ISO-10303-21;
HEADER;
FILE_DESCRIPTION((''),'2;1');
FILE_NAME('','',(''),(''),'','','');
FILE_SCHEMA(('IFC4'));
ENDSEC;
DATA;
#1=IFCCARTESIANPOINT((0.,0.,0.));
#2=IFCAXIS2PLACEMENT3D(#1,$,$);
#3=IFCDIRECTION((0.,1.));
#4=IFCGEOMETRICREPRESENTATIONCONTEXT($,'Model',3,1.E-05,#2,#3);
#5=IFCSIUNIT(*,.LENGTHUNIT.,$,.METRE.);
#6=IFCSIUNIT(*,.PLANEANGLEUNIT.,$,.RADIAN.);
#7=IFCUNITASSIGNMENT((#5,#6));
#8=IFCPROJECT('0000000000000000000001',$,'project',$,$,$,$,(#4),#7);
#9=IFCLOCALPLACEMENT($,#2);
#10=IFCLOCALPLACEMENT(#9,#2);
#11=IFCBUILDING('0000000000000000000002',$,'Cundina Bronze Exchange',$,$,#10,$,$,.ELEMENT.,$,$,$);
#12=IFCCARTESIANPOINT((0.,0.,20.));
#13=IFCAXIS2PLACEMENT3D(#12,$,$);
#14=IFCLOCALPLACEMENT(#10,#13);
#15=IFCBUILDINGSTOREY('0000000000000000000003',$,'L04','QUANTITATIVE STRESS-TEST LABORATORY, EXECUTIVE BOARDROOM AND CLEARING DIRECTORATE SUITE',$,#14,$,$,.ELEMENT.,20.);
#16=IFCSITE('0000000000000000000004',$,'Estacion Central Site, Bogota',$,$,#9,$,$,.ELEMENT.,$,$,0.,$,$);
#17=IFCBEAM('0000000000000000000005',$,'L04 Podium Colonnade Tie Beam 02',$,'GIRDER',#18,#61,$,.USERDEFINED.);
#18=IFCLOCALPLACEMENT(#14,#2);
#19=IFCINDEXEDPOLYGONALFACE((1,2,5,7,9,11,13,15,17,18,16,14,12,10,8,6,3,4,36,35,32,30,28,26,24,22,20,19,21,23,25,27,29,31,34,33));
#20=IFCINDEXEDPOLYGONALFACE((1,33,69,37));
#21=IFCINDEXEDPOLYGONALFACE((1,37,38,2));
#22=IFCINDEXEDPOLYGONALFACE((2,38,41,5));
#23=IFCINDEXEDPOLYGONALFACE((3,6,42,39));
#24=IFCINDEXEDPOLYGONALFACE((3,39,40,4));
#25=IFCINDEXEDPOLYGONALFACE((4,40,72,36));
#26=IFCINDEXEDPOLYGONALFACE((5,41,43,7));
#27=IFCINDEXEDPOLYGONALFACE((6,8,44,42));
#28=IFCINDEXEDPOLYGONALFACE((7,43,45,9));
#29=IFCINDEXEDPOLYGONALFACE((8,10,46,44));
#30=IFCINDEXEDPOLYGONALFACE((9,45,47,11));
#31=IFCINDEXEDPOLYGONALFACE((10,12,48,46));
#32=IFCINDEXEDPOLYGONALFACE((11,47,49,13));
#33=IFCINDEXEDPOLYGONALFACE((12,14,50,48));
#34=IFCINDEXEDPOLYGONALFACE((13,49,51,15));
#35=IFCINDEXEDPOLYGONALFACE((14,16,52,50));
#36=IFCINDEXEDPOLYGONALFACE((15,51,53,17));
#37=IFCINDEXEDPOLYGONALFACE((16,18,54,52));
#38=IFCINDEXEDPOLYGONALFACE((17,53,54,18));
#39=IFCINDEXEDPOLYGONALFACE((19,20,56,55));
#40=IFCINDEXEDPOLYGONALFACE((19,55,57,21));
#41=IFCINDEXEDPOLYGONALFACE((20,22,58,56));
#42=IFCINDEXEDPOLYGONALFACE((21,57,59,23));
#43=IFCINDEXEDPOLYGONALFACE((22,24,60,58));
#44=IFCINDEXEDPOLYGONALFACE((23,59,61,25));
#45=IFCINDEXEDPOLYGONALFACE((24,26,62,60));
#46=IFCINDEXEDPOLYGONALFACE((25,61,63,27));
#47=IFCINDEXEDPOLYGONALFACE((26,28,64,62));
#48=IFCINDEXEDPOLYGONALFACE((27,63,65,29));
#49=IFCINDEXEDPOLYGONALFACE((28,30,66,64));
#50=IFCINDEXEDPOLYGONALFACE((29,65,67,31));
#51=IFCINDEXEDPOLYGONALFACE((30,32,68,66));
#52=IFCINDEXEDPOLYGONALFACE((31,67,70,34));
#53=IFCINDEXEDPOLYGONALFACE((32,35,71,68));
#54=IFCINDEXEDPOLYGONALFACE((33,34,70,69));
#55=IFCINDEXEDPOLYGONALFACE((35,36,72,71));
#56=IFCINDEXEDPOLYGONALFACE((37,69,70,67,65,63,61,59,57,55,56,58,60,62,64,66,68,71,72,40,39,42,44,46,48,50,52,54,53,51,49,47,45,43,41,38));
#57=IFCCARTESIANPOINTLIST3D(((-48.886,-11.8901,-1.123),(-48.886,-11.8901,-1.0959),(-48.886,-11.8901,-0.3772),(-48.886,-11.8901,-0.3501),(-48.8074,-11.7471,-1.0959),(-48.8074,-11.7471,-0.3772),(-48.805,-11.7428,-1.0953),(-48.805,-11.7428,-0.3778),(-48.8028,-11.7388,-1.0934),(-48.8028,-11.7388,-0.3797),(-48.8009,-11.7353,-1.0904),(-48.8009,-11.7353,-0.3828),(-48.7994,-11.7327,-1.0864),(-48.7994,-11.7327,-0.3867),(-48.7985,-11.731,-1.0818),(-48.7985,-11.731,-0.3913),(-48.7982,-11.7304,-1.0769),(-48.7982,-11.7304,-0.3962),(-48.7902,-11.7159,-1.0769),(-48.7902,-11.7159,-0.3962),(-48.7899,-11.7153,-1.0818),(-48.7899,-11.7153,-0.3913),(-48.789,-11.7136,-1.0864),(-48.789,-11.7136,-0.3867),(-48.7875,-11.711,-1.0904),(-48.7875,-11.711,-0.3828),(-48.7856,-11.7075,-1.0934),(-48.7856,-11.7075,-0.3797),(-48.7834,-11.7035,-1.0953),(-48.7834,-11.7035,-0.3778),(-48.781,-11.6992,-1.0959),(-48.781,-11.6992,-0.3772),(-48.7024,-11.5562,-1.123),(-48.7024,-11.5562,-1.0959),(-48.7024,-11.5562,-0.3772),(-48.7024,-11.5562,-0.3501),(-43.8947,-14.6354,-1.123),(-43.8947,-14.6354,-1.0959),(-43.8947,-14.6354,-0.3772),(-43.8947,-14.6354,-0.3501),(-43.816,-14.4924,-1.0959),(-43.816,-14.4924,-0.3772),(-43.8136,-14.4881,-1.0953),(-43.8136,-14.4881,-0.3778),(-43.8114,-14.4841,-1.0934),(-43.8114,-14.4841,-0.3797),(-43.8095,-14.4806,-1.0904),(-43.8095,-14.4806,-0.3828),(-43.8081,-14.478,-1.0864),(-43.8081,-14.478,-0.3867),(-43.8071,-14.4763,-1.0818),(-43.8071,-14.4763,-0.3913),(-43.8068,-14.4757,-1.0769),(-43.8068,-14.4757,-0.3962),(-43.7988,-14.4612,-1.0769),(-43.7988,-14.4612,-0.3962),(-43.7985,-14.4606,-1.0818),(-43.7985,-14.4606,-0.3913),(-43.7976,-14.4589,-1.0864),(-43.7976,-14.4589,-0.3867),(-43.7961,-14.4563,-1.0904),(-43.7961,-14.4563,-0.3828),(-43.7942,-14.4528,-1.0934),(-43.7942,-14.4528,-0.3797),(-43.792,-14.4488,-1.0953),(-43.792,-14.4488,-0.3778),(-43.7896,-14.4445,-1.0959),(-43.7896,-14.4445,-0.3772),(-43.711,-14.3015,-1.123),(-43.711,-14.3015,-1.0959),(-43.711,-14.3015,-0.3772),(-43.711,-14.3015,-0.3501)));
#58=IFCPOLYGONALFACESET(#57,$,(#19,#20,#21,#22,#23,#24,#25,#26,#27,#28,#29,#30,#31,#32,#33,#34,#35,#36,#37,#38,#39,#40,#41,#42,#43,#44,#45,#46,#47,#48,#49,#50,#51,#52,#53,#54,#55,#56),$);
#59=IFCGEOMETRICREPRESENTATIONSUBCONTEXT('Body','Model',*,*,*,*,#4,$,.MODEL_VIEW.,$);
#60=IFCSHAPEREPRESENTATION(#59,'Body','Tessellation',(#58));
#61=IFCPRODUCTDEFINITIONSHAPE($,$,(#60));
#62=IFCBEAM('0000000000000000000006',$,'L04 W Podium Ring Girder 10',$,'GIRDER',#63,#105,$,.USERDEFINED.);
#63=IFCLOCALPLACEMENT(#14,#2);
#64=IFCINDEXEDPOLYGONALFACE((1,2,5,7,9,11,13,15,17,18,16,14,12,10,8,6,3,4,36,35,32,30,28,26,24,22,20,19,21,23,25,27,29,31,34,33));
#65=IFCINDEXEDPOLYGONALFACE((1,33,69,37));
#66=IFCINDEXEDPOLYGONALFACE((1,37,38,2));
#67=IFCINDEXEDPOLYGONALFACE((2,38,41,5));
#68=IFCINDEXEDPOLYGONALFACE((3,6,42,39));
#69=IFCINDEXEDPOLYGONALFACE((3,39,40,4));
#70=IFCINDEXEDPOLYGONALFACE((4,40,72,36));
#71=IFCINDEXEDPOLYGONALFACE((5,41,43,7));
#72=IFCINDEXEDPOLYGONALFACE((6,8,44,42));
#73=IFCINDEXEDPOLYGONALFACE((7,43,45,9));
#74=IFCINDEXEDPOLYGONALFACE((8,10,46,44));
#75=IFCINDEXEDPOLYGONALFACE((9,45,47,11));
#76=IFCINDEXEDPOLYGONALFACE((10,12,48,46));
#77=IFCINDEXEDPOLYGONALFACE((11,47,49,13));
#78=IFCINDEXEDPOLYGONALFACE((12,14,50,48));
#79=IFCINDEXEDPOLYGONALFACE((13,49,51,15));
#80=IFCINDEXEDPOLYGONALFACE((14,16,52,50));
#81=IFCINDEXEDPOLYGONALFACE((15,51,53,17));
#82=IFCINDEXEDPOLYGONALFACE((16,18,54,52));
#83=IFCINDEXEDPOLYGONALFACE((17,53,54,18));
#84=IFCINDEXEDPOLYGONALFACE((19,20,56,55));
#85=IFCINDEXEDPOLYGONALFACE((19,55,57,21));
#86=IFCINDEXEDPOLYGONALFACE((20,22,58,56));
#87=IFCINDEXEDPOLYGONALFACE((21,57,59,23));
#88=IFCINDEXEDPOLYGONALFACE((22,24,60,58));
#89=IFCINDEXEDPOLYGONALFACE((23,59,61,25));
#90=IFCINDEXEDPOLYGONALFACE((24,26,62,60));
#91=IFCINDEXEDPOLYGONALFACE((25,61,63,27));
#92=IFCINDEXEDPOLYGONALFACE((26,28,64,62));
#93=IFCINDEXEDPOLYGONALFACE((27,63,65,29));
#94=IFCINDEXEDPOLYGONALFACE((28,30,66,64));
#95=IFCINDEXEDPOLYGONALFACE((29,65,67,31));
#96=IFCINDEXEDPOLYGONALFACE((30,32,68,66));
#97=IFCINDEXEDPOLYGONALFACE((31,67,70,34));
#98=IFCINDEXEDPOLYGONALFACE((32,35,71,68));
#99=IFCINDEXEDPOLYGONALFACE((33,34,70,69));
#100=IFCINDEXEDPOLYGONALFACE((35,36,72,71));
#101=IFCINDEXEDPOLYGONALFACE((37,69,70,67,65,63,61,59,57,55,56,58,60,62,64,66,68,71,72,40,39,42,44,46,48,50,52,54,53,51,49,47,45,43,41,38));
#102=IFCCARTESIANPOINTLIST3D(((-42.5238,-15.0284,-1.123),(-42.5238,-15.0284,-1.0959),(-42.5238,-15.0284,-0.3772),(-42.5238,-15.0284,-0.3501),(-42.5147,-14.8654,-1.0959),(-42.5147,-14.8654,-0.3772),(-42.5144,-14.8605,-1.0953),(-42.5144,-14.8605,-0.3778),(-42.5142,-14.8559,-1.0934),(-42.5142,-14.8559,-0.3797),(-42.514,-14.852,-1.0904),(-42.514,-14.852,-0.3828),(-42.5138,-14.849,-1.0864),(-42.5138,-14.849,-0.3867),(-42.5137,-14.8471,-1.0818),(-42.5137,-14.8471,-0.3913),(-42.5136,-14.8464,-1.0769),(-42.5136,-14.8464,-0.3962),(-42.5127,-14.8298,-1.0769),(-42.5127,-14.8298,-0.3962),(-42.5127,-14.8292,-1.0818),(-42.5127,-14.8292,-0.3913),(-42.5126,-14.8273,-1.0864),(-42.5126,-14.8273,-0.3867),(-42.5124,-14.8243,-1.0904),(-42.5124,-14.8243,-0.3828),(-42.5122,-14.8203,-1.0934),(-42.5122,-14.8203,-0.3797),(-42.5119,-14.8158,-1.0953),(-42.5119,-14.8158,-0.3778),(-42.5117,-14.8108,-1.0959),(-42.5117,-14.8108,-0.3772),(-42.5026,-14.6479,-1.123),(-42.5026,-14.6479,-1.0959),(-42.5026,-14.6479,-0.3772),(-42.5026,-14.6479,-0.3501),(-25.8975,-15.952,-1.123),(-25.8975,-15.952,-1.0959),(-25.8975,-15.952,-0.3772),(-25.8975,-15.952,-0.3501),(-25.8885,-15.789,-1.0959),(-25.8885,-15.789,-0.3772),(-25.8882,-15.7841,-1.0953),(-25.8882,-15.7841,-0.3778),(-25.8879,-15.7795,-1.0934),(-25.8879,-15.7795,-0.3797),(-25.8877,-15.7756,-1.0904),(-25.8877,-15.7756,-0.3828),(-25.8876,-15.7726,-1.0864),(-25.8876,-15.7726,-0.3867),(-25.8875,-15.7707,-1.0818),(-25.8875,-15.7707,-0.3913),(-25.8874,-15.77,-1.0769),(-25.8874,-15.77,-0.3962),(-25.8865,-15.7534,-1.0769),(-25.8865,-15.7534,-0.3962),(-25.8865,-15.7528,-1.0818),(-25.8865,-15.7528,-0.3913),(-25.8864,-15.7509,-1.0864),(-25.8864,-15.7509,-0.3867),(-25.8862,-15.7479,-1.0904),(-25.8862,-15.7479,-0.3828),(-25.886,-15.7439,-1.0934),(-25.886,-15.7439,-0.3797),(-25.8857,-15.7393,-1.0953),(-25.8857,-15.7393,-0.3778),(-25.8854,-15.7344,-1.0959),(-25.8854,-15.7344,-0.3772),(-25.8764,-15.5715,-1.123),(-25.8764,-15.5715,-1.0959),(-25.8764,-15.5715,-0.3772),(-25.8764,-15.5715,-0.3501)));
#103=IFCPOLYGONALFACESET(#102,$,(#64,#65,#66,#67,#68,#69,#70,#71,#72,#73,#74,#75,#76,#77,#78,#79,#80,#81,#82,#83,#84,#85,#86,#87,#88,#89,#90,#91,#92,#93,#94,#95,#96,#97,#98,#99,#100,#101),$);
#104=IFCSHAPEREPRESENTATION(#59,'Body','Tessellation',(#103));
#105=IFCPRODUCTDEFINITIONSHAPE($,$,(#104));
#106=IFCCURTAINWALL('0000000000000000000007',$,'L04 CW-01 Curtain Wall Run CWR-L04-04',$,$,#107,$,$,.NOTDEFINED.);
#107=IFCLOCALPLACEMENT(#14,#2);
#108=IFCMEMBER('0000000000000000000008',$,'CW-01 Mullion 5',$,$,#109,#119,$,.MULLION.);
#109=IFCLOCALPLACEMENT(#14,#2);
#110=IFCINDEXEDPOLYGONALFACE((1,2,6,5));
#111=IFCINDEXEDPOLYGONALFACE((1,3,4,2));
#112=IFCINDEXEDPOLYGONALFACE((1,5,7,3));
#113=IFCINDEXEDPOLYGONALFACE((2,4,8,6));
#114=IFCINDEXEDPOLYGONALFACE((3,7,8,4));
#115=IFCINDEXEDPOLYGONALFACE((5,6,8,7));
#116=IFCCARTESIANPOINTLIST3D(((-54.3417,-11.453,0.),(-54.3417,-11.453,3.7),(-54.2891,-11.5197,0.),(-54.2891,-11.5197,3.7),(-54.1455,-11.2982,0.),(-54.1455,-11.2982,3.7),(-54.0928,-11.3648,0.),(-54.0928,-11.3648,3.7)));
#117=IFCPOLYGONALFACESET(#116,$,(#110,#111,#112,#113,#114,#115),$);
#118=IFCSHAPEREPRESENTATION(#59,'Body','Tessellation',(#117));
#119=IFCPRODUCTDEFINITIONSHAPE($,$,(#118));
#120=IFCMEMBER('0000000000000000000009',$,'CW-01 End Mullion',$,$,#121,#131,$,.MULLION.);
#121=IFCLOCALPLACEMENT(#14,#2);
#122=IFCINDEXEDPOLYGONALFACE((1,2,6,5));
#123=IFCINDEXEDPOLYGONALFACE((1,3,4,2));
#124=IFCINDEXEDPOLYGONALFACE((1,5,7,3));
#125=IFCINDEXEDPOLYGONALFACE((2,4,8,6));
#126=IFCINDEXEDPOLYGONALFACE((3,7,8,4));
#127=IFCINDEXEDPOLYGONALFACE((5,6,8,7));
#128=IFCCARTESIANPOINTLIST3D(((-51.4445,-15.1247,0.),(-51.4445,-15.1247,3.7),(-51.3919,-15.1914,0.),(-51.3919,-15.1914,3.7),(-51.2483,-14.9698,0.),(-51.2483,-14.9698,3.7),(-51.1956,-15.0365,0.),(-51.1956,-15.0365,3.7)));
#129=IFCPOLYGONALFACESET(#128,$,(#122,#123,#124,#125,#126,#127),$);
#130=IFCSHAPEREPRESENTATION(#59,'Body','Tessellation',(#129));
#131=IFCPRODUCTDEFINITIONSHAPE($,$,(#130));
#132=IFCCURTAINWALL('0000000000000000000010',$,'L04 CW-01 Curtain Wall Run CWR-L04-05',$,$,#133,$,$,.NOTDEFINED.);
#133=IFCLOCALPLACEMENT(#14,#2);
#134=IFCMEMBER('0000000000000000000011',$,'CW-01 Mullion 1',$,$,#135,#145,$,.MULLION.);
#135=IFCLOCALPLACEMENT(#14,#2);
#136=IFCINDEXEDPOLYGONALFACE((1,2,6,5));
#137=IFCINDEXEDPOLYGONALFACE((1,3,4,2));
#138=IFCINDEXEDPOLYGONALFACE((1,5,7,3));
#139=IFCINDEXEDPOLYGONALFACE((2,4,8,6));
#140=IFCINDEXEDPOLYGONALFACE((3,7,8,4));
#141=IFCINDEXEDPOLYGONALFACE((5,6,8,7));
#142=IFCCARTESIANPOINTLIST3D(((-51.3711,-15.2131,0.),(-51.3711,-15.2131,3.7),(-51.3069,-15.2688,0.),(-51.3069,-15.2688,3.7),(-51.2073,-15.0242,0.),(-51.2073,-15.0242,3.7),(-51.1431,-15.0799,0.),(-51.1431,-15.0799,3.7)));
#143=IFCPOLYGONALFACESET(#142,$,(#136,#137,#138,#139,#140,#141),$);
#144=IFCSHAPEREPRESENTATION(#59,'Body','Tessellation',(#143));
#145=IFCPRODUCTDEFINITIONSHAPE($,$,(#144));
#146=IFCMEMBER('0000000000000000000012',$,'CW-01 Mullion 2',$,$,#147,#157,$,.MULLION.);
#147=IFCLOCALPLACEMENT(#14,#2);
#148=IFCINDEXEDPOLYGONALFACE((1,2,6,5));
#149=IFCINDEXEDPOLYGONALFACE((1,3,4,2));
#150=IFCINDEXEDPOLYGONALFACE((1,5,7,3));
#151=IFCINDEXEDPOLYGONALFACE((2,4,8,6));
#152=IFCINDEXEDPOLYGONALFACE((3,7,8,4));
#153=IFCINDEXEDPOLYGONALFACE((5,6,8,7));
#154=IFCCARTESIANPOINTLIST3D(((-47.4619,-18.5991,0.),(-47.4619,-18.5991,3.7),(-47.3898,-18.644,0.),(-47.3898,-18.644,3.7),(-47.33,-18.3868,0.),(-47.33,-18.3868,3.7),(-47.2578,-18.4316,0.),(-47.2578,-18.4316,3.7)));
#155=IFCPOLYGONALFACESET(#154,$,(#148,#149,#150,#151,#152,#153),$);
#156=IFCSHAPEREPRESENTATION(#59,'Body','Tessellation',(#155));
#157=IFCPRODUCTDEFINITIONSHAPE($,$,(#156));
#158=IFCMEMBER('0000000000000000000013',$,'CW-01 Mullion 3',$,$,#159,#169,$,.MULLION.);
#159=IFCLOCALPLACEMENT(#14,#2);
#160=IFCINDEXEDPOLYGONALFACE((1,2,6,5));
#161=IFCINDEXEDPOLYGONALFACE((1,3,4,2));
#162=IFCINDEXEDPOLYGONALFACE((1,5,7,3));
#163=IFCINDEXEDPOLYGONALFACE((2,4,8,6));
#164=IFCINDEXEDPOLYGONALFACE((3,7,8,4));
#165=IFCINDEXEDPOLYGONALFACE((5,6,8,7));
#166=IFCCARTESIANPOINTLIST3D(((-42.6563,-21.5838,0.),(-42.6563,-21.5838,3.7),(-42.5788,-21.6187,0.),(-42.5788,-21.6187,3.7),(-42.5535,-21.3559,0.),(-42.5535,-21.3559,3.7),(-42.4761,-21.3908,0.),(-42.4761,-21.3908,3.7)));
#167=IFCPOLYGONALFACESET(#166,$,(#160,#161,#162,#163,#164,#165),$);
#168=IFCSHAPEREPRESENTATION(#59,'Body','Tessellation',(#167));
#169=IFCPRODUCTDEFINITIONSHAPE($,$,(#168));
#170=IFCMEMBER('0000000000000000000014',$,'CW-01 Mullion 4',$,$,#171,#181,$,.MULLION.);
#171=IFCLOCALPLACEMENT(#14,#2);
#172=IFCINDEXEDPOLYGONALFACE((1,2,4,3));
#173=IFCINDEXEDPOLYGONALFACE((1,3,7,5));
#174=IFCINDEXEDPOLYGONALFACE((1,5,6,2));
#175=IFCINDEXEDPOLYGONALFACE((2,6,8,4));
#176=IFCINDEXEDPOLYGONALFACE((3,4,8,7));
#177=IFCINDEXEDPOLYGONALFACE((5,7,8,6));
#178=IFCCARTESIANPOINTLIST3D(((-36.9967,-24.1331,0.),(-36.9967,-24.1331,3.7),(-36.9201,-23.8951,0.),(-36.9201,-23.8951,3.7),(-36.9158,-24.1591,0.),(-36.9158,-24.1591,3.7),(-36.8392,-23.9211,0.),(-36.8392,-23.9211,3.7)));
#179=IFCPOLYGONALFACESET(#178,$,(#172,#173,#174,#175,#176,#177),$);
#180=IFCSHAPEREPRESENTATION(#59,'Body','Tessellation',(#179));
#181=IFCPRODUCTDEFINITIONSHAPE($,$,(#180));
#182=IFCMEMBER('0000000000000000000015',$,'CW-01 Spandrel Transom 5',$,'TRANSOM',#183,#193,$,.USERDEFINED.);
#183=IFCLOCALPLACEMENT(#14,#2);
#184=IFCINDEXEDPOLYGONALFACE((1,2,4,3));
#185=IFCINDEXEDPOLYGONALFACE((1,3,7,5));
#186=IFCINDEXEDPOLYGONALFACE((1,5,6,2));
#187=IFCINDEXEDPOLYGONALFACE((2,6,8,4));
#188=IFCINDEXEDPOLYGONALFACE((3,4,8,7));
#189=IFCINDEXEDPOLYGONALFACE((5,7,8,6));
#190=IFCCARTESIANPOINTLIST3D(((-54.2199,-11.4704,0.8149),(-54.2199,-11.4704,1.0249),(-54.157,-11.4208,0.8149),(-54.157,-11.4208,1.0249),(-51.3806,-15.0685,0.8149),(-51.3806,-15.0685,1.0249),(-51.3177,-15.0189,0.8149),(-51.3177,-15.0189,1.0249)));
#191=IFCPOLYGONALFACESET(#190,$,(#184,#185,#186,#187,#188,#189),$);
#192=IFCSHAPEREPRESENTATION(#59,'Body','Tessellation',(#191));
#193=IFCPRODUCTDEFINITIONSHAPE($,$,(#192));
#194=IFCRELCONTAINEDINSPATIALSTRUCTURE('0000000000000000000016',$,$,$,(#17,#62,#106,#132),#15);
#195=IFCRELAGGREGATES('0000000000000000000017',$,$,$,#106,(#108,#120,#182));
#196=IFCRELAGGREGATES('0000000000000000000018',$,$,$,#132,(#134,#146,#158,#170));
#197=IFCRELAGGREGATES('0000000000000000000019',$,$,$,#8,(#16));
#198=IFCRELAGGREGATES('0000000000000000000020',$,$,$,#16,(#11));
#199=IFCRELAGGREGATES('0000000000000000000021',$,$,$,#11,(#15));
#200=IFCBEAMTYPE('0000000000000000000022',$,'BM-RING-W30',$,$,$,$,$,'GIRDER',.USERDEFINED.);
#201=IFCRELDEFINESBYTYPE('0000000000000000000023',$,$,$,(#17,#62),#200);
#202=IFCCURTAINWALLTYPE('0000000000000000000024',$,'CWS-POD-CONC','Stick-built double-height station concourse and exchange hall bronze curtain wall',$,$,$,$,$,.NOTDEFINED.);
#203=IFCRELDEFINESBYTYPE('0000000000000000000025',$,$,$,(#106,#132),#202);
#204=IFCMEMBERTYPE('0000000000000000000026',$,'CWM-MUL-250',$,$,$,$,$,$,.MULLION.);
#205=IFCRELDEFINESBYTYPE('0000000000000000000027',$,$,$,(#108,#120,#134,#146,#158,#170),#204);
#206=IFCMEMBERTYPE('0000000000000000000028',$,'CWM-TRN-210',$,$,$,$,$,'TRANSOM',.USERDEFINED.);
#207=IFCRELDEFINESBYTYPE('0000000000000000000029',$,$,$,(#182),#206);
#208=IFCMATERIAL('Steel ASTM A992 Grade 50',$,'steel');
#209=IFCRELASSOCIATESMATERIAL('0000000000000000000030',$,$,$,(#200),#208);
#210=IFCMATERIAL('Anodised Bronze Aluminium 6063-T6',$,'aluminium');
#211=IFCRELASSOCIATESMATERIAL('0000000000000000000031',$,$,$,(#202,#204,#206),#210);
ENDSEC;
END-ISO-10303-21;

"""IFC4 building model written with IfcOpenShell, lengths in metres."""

from ifc_helpers import new_model, si_unit, direction, frame, origin, origin_2d, place, context, subcontext, project, spatial, rectangle, i_section, extrude, material, material_profile, profile_set, type_object, element, aggregate, save


model = new_model("IFC4")

# Units and contexts
model_context = context("Model", 3, precision=1e-05, world=origin(), true_north=direction((0.0, 1.0)))
body_context = subcontext(model_context, "Body", "Model", "MODEL_VIEW")
ifc_project = project(units=[si_unit("LENGTHUNIT", "METRE"), si_unit("PLANEANGLEUNIT", "RADIAN")], contexts=[model_context])

# Site, building, storey
site_placement = place(None, origin())
site = spatial("IfcSite", under=ifc_project, at=site_placement, Name="Estacion Central Site, Bogota", CompositionType="ELEMENT", RefElevation=0.0)
building_placement = place(site_placement, origin())
building = spatial("IfcBuilding", under=site, at=building_placement, Name="Cundina Bronze Exchange", CompositionType="ELEMENT")
storey_placement = place(building_placement, frame((0.0, 0.0, 20.0)))
storey = spatial("IfcBuildingStorey", under=building, at=storey_placement, Name="L04", Description="QUANTITATIVE STRESS-TEST LABORATORY, EXECUTIVE BOARDROOM AND CLEARING DIRECTORATE SUITE", CompositionType="ELEMENT", Elevation=20.0)

# Beams
ifc_material_1 = material(Name="Steel ASTM A992 Grade 50", Category="steel")
ifc_material_profile_1 = material_profile(ifc_material_1, i_section(OverallWidth=0.3811, OverallDepth=0.7729, WebThickness=0.0166, FlangeThickness=0.0271, FilletRadius=0.019, at=origin_2d()), Name="W30X173", Category="steel")
ifc_profile_set_1 = profile_set([ifc_material_profile_1], Name="Steel ASTM A992 Grade 50")
beam_type_1 = type_object("IfcBeamType", Name="BM-RING-W30", ElementType="GIRDER", PredefinedType="USERDEFINED", material=ifc_profile_set_1)
beam_1_placement = place(storey_placement, frame((-48.7942, -11.7231, -0.7366), z_axis=(0.876211, -0.481927, 0.0), x_axis=(0.481927, 0.876211, 0.0)))
element("IfcBeam", 1, at=beam_1_placement, inside=storey, type_object=beam_type_1, Name="L04 Podium Colonnade Tie Beam 02", ObjectType="GIRDER", PredefinedType="USERDEFINED", context=body_context, shape_type="SweptSolid", body=[
    extrude(i_section(OverallWidth=0.3811, OverallDepth=0.7729, WebThickness=0.0166, FlangeThickness=0.0271, FilletRadius=0.019, at=origin_2d()), origin(), (0.0, 0.0, 1.0), 5.6965),
])
beam_2_placement = place(storey_placement, frame((-42.5132, -14.8381, -0.7366), z_axis=(0.998461, -0.055464, 0.0), x_axis=(0.055464, 0.998461, 0.0)))
element("IfcBeam", 2, at=beam_2_placement, inside=storey, type_object=beam_type_1, Name="L04 W Podium Ring Girder 10", ObjectType="GIRDER", PredefinedType="USERDEFINED", context=body_context, shape_type="SweptSolid", body=[
    extrude(i_section(OverallWidth=0.3811, OverallDepth=0.7729, WebThickness=0.0166, FlangeThickness=0.0271, FilletRadius=0.019, at=origin_2d()), origin(), (0.0, 0.0, 1.0), 16.6519),
])

# Curtain walls, members
ifc_material_2 = material(Name="Anodised Bronze Aluminium 6063-T6", Category="aluminium")
curtain_wall_type = type_object("IfcCurtainWallType", Name="CWS-POD-CONC", Description="Stick-built double-height station concourse and exchange hall bronze curtain wall", PredefinedType="NOTDEFINED", material=ifc_material_2)
curtain_wall_1_placement = place(storey_placement, origin())
curtain_wall_1 = element("IfcCurtainWall", 3, at=curtain_wall_1_placement, inside=storey, type_object=curtain_wall_type, Name="L04 CW-01 Curtain Wall Run CWR-L04-04", PredefinedType="NOTDEFINED")
ifc_material_profile_2 = material_profile(ifc_material_2, rectangle(XDim=0.085, YDim=0.25, at=origin_2d()), Name="AL85X250", Category="aluminium")
ifc_profile_set_2 = profile_set([ifc_material_profile_2], Name="Anodised Bronze Aluminium 6063-T6")
member_type_1 = type_object("IfcMemberType", Name="CWM-MUL-250", PredefinedType="MULLION", material=ifc_profile_set_2)
member_1_placement = place(storey_placement, frame((-54.2173, -11.4089, 0.0), z_axis=(0.0, 0.0, 1.0), x_axis=(0.619505, -0.784993, 0.0)))
member_1 = element("IfcMember", 4, at=member_1_placement, type_object=member_type_1, Name="CW-01 Mullion 5", PredefinedType="MULLION", context=body_context, shape_type="SweptSolid", body=[
    extrude(rectangle(XDim=0.085, YDim=0.25, at=origin_2d()), origin(), (0.0, 0.0, 1.0), 3.7),
])
member_2_placement = place(storey_placement, frame((-51.3201, -15.0806, 0.0), z_axis=(0.0, 0.0, 1.0), x_axis=(0.619505, -0.784993, 0.0)))
member_2 = element("IfcMember", 5, at=member_2_placement, type_object=member_type_1, Name="CW-01 End Mullion", PredefinedType="MULLION", context=body_context, shape_type="SweptSolid", body=[
    extrude(rectangle(XDim=0.085, YDim=0.25, at=origin_2d()), origin(), (0.0, 0.0, 1.0), 3.7),
])
curtain_wall_2_placement = place(storey_placement, origin())
curtain_wall_2 = element("IfcCurtainWall", 6, at=curtain_wall_2_placement, inside=storey, type_object=curtain_wall_type, Name="L04 CW-01 Curtain Wall Run CWR-L04-05", PredefinedType="NOTDEFINED")
member_3_placement = place(storey_placement, frame((-51.2571, -15.1465, 0.0), z_axis=(0.0, 0.0, 1.0), x_axis=(0.755511, -0.655136, 0.0)))
member_3 = element("IfcMember", 7, at=member_3_placement, type_object=member_type_1, Name="CW-01 Mullion 1", PredefinedType="MULLION", context=body_context, shape_type="SweptSolid", body=[
    extrude(rectangle(XDim=0.085, YDim=0.25, at=origin_2d()), origin(), (0.0, 0.0, 1.0), 3.7),
])
member_4_placement = place(storey_placement, frame((-47.3599, -18.5154, 0.0), z_axis=(0.0, 0.0, 1.0), x_axis=(0.84934, -0.527846, 0.0)))
member_4 = element("IfcMember", 8, at=member_4_placement, type_object=member_type_1, Name="CW-01 Mullion 2", PredefinedType="MULLION", context=body_context, shape_type="SweptSolid", body=[
    extrude(rectangle(XDim=0.085, YDim=0.25, at=origin_2d()), origin(), (0.0, 0.0, 1.0), 3.7),
])
member_5_placement = place(storey_placement, frame((-42.5662, -21.4873, 0.0), z_axis=(0.0, 0.0, 1.0), x_axis=(0.911619, -0.411037, 0.0)))
member_5 = element("IfcMember", 9, at=member_5_placement, type_object=member_type_1, Name="CW-01 Mullion 3", PredefinedType="MULLION", context=body_context, shape_type="SweptSolid", body=[
    extrude(rectangle(XDim=0.085, YDim=0.25, at=origin_2d()), origin(), (0.0, 0.0, 1.0), 3.7),
])
member_6_placement = place(storey_placement, frame((-36.918, -24.0271, 0.0), z_axis=(0.0, 0.0, 1.0), x_axis=(0.951862, -0.306526, 0.0)))
member_6 = element("IfcMember", 10, at=member_6_placement, type_object=member_type_1, Name="CW-01 Mullion 4", PredefinedType="MULLION", context=body_context, shape_type="SweptSolid", body=[
    extrude(rectangle(XDim=0.085, YDim=0.25, at=origin_2d()), origin(), (0.0, 0.0, 1.0), 3.7),
])

# Member
ifc_material_profile_3 = material_profile(ifc_material_2, rectangle(XDim=0.0801, YDim=0.21, at=origin_2d()), Name="AL80X210", Category="aluminium")
ifc_profile_set_3 = profile_set([ifc_material_profile_3], Name="Anodised Bronze Aluminium 6063-T6")
member_type_2 = type_object("IfcMemberType", Name="CWM-TRN-210", ElementType="TRANSOM", PredefinedType="USERDEFINED", material=ifc_profile_set_3)
member_7_placement = place(storey_placement, frame((-54.1885, -11.4456, 0.9199), z_axis=(0.619472, -0.785019, 0.0), x_axis=(0.785019, 0.619472, 0.0)))
member_7 = element("IfcMember", 11, at=member_7_placement, type_object=member_type_2, Name="CW-01 Spandrel Transom 5", ObjectType="TRANSOM", PredefinedType="USERDEFINED", context=body_context, shape_type="SweptSolid", body=[
    extrude(rectangle(XDim=0.0801, YDim=0.21, at=origin_2d()), origin(), (0.0, 0.0, 1.0), 4.5835),
])

aggregate(curtain_wall_1, [member_1, member_2, member_7])
aggregate(curtain_wall_2, [member_3, member_4, member_5, member_6])

save(model, "model.ifc")
